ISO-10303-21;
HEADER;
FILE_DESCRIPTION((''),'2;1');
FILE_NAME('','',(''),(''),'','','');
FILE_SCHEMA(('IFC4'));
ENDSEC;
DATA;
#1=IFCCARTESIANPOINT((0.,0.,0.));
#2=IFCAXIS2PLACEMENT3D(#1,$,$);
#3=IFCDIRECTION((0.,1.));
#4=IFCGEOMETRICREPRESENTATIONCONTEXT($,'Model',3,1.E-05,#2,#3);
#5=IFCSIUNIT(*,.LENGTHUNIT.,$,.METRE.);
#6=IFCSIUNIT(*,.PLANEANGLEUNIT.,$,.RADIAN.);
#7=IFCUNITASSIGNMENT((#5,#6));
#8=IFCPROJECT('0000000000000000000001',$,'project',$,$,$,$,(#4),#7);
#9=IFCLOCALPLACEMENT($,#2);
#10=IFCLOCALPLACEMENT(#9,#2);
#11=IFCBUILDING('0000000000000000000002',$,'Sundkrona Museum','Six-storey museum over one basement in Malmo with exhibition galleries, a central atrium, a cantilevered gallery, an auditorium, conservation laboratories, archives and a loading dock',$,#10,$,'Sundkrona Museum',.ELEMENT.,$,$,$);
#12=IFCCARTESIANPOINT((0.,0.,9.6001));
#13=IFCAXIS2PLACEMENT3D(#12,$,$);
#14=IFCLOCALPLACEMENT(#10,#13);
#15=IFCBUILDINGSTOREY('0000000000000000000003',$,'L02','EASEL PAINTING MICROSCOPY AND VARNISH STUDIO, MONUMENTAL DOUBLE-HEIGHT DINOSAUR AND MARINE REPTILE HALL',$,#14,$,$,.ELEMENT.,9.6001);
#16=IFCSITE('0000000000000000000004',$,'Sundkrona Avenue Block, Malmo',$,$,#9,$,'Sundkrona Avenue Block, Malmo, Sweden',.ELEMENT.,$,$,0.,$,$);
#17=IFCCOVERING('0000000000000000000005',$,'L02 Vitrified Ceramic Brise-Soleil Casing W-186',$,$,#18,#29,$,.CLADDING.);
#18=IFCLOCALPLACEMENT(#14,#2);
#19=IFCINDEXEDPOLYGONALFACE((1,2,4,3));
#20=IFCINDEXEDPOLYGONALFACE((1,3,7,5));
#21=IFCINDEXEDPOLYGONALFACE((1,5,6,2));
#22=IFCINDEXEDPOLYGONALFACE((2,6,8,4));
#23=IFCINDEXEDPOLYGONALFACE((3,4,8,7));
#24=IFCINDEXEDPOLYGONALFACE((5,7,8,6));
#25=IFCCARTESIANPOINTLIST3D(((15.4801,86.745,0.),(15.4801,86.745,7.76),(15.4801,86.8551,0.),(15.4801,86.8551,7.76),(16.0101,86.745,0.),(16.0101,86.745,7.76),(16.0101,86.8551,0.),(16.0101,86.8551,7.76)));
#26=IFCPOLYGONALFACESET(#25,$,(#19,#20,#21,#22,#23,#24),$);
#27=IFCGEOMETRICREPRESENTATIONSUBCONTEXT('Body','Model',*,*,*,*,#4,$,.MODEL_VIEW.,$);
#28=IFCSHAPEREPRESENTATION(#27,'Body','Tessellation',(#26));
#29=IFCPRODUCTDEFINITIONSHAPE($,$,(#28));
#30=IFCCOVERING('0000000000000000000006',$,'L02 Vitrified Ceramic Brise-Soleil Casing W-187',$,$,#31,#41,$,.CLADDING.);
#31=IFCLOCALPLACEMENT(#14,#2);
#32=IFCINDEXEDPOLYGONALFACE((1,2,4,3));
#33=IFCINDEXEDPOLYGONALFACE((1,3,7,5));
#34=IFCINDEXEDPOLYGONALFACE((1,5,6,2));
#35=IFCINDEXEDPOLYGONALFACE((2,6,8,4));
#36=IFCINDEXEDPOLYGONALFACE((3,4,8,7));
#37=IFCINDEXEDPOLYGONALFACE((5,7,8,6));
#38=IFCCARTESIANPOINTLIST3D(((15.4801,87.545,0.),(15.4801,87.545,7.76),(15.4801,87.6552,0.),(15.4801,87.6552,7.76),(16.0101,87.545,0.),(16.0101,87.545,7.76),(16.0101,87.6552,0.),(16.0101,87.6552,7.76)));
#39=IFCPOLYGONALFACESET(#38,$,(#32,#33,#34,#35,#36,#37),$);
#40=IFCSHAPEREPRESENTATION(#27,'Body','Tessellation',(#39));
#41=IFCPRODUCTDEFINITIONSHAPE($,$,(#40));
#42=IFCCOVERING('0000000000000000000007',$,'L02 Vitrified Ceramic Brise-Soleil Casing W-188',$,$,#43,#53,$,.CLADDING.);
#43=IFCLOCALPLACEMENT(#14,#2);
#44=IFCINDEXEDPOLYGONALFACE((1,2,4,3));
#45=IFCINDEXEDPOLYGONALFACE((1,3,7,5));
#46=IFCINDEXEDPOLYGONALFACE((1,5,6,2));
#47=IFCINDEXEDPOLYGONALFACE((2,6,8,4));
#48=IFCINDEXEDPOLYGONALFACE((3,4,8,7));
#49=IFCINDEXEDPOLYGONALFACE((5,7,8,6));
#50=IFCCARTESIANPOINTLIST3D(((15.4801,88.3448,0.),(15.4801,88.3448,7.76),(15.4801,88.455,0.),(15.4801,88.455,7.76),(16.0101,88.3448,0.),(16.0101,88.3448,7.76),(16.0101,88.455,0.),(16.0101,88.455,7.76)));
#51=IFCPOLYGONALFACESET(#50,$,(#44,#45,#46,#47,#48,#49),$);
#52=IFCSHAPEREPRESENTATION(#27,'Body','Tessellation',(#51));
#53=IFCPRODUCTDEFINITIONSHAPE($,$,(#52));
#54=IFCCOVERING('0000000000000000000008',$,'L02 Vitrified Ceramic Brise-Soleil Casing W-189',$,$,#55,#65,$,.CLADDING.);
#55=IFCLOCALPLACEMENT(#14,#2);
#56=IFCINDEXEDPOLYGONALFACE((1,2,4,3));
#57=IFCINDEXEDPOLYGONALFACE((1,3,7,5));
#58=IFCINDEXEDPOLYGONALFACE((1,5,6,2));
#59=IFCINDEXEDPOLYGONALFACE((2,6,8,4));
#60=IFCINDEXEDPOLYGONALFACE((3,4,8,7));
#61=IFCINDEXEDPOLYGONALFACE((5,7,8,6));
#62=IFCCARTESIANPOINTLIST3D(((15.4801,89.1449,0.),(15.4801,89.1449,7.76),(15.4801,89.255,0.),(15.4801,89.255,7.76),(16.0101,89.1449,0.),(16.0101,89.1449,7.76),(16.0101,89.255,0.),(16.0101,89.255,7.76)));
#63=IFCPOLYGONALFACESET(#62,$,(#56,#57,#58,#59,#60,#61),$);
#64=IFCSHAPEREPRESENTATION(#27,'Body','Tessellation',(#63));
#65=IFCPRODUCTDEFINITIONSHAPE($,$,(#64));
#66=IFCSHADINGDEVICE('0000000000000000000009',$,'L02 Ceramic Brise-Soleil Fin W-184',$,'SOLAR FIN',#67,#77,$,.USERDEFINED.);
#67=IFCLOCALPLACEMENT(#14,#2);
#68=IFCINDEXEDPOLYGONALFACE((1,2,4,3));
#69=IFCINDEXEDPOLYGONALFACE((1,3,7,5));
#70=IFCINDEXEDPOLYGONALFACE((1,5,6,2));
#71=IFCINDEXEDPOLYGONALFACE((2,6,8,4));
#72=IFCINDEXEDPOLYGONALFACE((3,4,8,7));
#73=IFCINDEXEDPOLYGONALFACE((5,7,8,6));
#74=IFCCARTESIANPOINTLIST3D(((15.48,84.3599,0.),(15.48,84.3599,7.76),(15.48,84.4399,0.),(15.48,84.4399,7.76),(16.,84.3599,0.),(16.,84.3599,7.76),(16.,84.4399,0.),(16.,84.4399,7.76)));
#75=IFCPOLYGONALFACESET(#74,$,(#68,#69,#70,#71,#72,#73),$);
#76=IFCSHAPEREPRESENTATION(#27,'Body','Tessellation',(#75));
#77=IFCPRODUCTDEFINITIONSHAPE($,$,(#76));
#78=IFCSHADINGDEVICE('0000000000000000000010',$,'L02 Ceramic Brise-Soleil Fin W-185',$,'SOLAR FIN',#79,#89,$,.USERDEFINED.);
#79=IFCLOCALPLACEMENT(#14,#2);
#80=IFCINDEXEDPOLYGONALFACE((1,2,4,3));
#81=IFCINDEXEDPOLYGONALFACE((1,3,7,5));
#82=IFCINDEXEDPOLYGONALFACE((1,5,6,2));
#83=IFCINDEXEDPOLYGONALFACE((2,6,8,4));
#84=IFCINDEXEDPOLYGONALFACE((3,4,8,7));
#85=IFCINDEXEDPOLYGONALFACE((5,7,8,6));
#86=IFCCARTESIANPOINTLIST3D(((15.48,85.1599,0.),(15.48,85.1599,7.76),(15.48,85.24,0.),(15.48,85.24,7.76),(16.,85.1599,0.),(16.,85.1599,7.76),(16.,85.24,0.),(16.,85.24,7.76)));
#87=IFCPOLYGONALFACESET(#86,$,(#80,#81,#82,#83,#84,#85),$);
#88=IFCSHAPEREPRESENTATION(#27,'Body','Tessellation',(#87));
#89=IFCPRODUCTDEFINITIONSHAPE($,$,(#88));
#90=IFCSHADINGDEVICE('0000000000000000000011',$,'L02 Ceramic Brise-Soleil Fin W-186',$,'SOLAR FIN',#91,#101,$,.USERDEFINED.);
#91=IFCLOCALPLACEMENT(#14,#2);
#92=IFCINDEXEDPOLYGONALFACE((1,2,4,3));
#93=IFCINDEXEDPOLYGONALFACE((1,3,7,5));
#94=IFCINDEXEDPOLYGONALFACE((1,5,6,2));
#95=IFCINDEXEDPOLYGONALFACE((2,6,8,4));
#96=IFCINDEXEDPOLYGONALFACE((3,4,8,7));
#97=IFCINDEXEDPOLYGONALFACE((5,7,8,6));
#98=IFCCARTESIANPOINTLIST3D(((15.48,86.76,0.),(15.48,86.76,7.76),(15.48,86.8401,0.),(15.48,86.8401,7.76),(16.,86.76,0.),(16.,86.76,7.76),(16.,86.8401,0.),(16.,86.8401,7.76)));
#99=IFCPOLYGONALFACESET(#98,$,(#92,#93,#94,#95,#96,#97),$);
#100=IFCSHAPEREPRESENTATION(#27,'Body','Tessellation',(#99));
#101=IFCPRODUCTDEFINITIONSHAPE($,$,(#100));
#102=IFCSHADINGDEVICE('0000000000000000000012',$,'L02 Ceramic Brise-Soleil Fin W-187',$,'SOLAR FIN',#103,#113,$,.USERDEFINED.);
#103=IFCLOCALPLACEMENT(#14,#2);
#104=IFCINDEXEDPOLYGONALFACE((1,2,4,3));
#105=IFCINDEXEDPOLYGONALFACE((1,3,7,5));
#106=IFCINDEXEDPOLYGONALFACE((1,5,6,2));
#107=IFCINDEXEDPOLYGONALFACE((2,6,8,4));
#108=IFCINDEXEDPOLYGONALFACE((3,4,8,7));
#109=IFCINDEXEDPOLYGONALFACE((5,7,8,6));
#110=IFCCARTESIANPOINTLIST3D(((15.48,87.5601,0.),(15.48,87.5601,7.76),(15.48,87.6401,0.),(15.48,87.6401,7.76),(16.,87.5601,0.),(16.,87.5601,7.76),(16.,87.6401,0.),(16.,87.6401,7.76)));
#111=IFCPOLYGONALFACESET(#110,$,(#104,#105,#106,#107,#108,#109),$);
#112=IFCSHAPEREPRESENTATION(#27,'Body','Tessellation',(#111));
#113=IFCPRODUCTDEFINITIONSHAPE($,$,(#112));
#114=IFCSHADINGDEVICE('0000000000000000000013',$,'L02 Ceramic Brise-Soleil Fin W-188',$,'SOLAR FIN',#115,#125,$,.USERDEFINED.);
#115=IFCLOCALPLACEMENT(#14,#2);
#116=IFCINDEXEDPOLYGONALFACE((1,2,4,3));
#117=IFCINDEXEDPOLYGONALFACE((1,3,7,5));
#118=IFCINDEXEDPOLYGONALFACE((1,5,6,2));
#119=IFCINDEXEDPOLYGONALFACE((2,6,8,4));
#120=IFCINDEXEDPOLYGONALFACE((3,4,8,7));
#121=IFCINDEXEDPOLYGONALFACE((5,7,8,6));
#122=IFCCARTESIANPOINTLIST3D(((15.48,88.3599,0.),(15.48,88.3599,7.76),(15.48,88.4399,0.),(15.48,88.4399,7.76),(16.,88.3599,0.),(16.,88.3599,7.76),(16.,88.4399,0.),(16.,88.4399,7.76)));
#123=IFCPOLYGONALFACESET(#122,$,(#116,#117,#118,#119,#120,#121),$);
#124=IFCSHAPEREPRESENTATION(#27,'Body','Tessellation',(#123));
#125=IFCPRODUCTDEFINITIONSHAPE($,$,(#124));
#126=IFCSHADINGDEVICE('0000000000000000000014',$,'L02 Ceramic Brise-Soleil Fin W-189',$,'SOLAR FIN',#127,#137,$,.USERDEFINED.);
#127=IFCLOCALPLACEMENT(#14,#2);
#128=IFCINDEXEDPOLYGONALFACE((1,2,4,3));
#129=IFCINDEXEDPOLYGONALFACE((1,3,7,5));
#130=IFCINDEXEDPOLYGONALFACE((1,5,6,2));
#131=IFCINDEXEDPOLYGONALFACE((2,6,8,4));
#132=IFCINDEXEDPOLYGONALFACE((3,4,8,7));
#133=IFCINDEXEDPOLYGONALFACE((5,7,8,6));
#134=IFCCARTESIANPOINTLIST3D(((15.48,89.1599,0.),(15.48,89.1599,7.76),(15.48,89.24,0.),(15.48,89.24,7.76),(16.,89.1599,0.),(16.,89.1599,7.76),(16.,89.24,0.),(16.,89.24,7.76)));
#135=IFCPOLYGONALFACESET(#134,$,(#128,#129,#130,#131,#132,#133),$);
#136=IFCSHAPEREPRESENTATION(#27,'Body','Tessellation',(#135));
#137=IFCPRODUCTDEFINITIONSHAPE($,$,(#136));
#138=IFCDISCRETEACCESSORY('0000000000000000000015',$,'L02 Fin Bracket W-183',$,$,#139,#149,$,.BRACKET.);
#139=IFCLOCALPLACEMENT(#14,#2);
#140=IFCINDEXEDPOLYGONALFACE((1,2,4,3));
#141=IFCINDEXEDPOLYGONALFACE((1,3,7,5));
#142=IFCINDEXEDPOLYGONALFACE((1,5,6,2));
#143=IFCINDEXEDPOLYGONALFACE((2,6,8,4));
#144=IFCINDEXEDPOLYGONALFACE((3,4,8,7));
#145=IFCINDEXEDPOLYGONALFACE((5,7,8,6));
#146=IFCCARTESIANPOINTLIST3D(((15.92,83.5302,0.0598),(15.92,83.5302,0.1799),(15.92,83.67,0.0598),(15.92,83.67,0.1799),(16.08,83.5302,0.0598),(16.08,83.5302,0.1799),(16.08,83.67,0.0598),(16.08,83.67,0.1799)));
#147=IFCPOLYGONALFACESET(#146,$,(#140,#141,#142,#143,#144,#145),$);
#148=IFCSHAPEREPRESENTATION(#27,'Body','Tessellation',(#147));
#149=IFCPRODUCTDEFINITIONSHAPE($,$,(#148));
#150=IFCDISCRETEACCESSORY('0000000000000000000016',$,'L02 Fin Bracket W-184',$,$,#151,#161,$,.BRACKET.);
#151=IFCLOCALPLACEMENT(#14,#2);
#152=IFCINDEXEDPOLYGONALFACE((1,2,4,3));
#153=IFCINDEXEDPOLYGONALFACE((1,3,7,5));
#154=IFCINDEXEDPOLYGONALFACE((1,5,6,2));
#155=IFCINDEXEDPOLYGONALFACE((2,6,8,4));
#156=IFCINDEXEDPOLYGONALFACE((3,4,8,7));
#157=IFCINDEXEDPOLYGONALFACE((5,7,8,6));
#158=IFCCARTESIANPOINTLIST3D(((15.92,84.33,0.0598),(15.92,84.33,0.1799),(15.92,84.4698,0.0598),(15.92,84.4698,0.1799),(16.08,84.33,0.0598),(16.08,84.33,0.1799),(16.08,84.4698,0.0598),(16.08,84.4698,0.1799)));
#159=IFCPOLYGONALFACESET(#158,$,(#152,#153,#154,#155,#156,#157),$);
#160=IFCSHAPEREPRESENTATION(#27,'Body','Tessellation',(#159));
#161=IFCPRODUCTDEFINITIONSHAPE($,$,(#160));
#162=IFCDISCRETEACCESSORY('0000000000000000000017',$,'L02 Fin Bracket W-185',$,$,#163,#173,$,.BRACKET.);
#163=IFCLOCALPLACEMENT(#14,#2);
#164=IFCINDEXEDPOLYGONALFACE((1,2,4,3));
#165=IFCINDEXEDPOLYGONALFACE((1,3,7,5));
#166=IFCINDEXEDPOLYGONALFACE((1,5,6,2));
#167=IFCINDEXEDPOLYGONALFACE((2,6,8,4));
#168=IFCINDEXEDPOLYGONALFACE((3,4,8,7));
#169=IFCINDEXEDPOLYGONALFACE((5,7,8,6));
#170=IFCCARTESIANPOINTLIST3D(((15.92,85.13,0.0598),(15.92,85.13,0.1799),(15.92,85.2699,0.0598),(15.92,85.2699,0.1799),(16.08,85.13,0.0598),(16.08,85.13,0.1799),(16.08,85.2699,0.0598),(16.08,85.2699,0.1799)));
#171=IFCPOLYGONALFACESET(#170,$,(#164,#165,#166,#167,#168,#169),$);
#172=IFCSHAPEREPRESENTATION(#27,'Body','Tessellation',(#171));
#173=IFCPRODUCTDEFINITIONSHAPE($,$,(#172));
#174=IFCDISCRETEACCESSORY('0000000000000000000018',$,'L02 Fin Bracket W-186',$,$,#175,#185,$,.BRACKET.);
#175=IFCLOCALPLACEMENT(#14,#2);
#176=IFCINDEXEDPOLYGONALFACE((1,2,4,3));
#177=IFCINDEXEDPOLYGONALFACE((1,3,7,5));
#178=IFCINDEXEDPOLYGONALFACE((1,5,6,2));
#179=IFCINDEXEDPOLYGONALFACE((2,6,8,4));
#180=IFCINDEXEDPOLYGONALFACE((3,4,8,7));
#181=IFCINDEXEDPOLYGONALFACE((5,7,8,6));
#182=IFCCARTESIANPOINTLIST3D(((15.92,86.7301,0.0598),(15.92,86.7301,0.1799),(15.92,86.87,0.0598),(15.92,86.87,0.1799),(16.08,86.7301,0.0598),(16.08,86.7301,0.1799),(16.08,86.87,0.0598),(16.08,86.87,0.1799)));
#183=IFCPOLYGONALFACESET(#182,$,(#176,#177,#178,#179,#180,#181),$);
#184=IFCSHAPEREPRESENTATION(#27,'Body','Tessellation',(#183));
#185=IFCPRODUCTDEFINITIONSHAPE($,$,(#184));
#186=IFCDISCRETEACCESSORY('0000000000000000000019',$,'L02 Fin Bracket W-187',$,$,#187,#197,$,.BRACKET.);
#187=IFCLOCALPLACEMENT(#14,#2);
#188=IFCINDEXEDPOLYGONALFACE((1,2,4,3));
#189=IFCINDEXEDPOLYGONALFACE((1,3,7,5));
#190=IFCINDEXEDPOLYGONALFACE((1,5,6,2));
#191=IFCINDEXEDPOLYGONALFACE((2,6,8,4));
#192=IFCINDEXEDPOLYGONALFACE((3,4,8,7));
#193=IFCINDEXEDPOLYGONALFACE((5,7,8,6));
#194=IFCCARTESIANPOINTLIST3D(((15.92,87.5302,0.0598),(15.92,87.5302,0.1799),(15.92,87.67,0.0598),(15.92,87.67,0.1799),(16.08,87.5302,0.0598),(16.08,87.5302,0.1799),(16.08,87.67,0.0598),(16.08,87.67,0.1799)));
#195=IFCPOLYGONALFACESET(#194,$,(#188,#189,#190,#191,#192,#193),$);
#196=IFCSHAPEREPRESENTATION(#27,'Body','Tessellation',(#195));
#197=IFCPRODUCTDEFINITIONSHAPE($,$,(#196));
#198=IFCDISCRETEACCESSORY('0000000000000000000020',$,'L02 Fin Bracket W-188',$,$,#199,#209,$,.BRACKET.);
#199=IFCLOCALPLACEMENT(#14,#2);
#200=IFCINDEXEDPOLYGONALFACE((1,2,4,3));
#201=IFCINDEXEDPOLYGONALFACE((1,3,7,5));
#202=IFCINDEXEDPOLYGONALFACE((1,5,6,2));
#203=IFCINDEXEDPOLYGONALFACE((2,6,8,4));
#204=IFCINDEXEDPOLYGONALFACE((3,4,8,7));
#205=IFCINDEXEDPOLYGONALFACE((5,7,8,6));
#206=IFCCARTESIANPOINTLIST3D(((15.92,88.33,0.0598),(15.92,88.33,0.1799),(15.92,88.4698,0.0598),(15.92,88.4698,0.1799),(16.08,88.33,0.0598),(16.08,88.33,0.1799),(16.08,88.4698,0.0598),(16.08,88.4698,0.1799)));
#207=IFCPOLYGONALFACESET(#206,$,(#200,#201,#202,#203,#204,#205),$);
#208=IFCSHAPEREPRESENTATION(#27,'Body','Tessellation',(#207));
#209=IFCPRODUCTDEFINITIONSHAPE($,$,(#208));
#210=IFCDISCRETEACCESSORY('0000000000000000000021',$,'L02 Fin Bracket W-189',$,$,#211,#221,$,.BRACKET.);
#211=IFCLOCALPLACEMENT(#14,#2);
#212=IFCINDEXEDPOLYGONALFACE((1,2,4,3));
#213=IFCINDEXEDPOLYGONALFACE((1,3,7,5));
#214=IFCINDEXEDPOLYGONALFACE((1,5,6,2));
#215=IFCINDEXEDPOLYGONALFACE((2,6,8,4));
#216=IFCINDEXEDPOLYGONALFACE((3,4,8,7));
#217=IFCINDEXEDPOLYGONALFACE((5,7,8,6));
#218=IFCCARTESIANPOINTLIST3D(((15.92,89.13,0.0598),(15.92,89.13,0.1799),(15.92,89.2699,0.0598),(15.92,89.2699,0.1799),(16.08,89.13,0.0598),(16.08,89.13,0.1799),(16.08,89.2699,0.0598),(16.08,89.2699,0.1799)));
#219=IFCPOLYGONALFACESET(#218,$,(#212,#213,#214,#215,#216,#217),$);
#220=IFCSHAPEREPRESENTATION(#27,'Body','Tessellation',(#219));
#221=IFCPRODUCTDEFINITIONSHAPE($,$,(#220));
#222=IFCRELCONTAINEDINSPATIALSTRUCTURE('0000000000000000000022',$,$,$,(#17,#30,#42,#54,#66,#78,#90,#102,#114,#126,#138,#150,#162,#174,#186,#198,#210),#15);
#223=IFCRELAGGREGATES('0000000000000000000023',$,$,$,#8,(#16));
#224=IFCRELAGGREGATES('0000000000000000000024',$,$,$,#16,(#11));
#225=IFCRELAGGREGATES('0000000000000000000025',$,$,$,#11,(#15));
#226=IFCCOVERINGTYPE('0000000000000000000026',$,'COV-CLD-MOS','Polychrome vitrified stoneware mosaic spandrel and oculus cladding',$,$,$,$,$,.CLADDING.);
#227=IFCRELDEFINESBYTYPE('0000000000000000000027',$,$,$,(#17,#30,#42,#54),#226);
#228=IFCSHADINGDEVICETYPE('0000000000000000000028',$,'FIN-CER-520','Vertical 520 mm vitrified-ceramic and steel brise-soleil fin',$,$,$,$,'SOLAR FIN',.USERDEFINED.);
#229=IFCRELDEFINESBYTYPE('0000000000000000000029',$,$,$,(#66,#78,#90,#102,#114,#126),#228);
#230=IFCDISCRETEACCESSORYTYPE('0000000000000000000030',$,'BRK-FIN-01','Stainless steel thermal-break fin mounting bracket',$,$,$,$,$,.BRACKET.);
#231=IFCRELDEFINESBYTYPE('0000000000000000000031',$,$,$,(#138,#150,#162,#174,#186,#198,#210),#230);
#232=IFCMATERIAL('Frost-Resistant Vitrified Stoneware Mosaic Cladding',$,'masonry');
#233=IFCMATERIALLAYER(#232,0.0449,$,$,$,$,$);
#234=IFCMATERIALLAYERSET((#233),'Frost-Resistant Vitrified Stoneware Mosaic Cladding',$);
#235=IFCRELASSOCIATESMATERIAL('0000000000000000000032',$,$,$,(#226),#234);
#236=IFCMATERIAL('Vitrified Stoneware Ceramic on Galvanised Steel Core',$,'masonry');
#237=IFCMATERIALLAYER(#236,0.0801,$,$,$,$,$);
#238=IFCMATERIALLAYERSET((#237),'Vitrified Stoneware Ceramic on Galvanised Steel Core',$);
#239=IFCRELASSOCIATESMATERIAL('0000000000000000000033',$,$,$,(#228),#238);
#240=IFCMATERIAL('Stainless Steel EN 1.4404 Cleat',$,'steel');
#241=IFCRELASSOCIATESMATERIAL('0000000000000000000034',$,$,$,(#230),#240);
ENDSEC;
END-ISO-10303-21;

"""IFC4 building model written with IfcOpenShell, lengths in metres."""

from ifc_helpers import new_model, si_unit, direction, frame, origin, origin_2d, place, context, subcontext, project, spatial, rectangle, extrude, material, layer, layer_set, type_object, element, save


model = new_model("IFC4")

# Units and contexts
model_context = context("Model", 3, precision=1e-05, world=origin(), true_north=direction((0.0, 1.0)))
body_context = subcontext(model_context, "Body", "Model", "MODEL_VIEW")
ifc_project = project(units=[si_unit("LENGTHUNIT", "METRE"), si_unit("PLANEANGLEUNIT", "RADIAN")], contexts=[model_context])

# Site, building, storey
site_placement = place(None, origin())
site = spatial("IfcSite", under=ifc_project, at=site_placement, Name="Sundkrona Avenue Block, Malmo", LongName="Sundkrona Avenue Block, Malmo, Sweden", CompositionType="ELEMENT", RefElevation=0.0)
building_placement = place(site_placement, origin())
building = spatial("IfcBuilding", under=site, at=building_placement, Name="Sundkrona Museum", Description="Six-storey museum over one basement in Malmo with exhibition galleries, a central atrium, a cantilevered gallery, an auditorium, conservation laboratories, archives and a loading dock", LongName="Sundkrona Museum", CompositionType="ELEMENT")
storey_placement = place(building_placement, frame((0.0, 0.0, 9.6001)))
storey = spatial("IfcBuildingStorey", under=building, at=storey_placement, Name="L02", Description="EASEL PAINTING MICROSCOPY AND VARNISH STUDIO, MONUMENTAL DOUBLE-HEIGHT DINOSAUR AND MARINE REPTILE HALL", CompositionType="ELEMENT", Elevation=9.6001)

# Coverings
ifc_material_1 = material(Name="Frost-Resistant Vitrified Stoneware Mosaic Cladding", Category="masonry")
ifc_layer_1 = layer(ifc_material_1, 0.0449)
ifc_layer_set_1 = layer_set([ifc_layer_1], Name="Frost-Resistant Vitrified Stoneware Mosaic Cladding")
covering_type = type_object("IfcCoveringType", Name="COV-CLD-MOS", Description="Polychrome vitrified stoneware mosaic spandrel and oculus cladding", PredefinedType="CLADDING", material=ifc_layer_set_1)
for number, where, z_axis, x_axis, name in (
    (1, (15.7451, 86.8, 0.0), (0.0, 0.0, 1.0), (1.0, 0.0, 0.0), "L02 Vitrified Ceramic Brise-Soleil Casing W-186"),
    (2, (15.7451, 87.6001, 0.0), (0.0, 0.0, 1.0), (1.0, 0.0, 0.0), "L02 Vitrified Ceramic Brise-Soleil Casing W-187"),
    (3, (15.7451, 88.3999, 0.0), (0.0, 0.0, 1.0), (1.0, 0.0, 0.0), "L02 Vitrified Ceramic Brise-Soleil Casing W-188"),
    (4, (15.7451, 89.2, 0.0), (0.0, 0.0, 1.0), (1.0, 0.0, 0.0), "L02 Vitrified Ceramic Brise-Soleil Casing W-189"),
):
    element("IfcCovering", number, at=place(storey_placement, frame(where, z_axis=z_axis, x_axis=x_axis)), inside=storey, type_object=covering_type, Name=name, PredefinedType="CLADDING", context=body_context, shape_type="SweptSolid", body=[
        extrude(rectangle(XDim=0.53, YDim=0.1101, at=origin_2d()), origin(), (0.0, 0.0, 1.0), 7.76),
    ])

# Shading devices
ifc_material_2 = material(Name="Vitrified Stoneware Ceramic on Galvanised Steel Core", Category="masonry")
ifc_layer_2 = layer(ifc_material_2, 0.0801)
ifc_layer_set_2 = layer_set([ifc_layer_2], Name="Vitrified Stoneware Ceramic on Galvanised Steel Core")
shading_device_type = type_object("IfcShadingDeviceType", Name="FIN-CER-520", Description="Vertical 520 mm vitrified-ceramic and steel brise-soleil fin", ElementType="SOLAR FIN", PredefinedType="USERDEFINED", material=ifc_layer_set_2)
for number, where, z_axis, x_axis, name in (
    (5, (15.74, 84.3999, 0.0), (0.0, 0.0, 1.0), (1.0, 0.0, 0.0), "L02 Ceramic Brise-Soleil Fin W-184"),
    (6, (15.74, 85.2, 0.0), (0.0, 0.0, 1.0), (1.0, 0.0, 0.0), "L02 Ceramic Brise-Soleil Fin W-185"),
    (7, (15.74, 86.8, 0.0), (0.0, 0.0, 1.0), (1.0, 0.0, 0.0), "L02 Ceramic Brise-Soleil Fin W-186"),
    (8, (15.74, 87.6001, 0.0), (0.0, 0.0, 1.0), (1.0, 0.0, 0.0), "L02 Ceramic Brise-Soleil Fin W-187"),
    (9, (15.74, 88.3999, 0.0), (0.0, 0.0, 1.0), (1.0, 0.0, 0.0), "L02 Ceramic Brise-Soleil Fin W-188"),
    (10, (15.74, 89.2, 0.0), (0.0, 0.0, 1.0), (1.0, 0.0, 0.0), "L02 Ceramic Brise-Soleil Fin W-189"),
):
    element("IfcShadingDevice", number, at=place(storey_placement, frame(where, z_axis=z_axis, x_axis=x_axis)), inside=storey, type_object=shading_device_type, Name=name, ObjectType="SOLAR FIN", PredefinedType="USERDEFINED", context=body_context, shape_type="SweptSolid", body=[
        extrude(rectangle(XDim=0.52, YDim=0.0801, at=origin_2d()), origin(), (0.0, 0.0, 1.0), 7.76),
    ])

# Discrete accessories
ifc_material_3 = material(Name="Stainless Steel EN 1.4404 Cleat", Category="steel")
discrete_accessory_type = type_object("IfcDiscreteAccessoryType", Name="BRK-FIN-01", Description="Stainless steel thermal-break fin mounting bracket", PredefinedType="BRACKET", material=ifc_material_3)
for number, where, z_axis, x_axis, name in (
    (11, (16.0, 83.6001, 0.0598), (0.0, 0.0, 1.0), (1.0, 0.0, 0.0), "L02 Fin Bracket W-183"),
    (12, (16.0, 84.3999, 0.0598), (0.0, 0.0, 1.0), (1.0, 0.0, 0.0), "L02 Fin Bracket W-184"),
    (13, (16.0, 85.2, 0.0598), (0.0, 0.0, 1.0), (1.0, 0.0, 0.0), "L02 Fin Bracket W-185"),
    (14, (16.0, 86.8, 0.0598), (0.0, 0.0, 1.0), (1.0, 0.0, 0.0), "L02 Fin Bracket W-186"),
    (15, (16.0, 87.6001, 0.0598), (0.0, 0.0, 1.0), (1.0, 0.0, 0.0), "L02 Fin Bracket W-187"),
    (16, (16.0, 88.3999, 0.0598), (0.0, 0.0, 1.0), (1.0, 0.0, 0.0), "L02 Fin Bracket W-188"),
    (17, (16.0, 89.2, 0.0598), (0.0, 0.0, 1.0), (1.0, 0.0, 0.0), "L02 Fin Bracket W-189"),
):
    element("IfcDiscreteAccessory", number, at=place(storey_placement, frame(where, z_axis=z_axis, x_axis=x_axis)), inside=storey, type_object=discrete_accessory_type, Name=name, PredefinedType="BRACKET", context=body_context, shape_type="SweptSolid", body=[
        extrude(rectangle(XDim=0.1599, YDim=0.1399, at=origin_2d()), origin(), (0.0, 0.0, 1.0), 0.1201),
    ])

save(model, "model.ifc")
